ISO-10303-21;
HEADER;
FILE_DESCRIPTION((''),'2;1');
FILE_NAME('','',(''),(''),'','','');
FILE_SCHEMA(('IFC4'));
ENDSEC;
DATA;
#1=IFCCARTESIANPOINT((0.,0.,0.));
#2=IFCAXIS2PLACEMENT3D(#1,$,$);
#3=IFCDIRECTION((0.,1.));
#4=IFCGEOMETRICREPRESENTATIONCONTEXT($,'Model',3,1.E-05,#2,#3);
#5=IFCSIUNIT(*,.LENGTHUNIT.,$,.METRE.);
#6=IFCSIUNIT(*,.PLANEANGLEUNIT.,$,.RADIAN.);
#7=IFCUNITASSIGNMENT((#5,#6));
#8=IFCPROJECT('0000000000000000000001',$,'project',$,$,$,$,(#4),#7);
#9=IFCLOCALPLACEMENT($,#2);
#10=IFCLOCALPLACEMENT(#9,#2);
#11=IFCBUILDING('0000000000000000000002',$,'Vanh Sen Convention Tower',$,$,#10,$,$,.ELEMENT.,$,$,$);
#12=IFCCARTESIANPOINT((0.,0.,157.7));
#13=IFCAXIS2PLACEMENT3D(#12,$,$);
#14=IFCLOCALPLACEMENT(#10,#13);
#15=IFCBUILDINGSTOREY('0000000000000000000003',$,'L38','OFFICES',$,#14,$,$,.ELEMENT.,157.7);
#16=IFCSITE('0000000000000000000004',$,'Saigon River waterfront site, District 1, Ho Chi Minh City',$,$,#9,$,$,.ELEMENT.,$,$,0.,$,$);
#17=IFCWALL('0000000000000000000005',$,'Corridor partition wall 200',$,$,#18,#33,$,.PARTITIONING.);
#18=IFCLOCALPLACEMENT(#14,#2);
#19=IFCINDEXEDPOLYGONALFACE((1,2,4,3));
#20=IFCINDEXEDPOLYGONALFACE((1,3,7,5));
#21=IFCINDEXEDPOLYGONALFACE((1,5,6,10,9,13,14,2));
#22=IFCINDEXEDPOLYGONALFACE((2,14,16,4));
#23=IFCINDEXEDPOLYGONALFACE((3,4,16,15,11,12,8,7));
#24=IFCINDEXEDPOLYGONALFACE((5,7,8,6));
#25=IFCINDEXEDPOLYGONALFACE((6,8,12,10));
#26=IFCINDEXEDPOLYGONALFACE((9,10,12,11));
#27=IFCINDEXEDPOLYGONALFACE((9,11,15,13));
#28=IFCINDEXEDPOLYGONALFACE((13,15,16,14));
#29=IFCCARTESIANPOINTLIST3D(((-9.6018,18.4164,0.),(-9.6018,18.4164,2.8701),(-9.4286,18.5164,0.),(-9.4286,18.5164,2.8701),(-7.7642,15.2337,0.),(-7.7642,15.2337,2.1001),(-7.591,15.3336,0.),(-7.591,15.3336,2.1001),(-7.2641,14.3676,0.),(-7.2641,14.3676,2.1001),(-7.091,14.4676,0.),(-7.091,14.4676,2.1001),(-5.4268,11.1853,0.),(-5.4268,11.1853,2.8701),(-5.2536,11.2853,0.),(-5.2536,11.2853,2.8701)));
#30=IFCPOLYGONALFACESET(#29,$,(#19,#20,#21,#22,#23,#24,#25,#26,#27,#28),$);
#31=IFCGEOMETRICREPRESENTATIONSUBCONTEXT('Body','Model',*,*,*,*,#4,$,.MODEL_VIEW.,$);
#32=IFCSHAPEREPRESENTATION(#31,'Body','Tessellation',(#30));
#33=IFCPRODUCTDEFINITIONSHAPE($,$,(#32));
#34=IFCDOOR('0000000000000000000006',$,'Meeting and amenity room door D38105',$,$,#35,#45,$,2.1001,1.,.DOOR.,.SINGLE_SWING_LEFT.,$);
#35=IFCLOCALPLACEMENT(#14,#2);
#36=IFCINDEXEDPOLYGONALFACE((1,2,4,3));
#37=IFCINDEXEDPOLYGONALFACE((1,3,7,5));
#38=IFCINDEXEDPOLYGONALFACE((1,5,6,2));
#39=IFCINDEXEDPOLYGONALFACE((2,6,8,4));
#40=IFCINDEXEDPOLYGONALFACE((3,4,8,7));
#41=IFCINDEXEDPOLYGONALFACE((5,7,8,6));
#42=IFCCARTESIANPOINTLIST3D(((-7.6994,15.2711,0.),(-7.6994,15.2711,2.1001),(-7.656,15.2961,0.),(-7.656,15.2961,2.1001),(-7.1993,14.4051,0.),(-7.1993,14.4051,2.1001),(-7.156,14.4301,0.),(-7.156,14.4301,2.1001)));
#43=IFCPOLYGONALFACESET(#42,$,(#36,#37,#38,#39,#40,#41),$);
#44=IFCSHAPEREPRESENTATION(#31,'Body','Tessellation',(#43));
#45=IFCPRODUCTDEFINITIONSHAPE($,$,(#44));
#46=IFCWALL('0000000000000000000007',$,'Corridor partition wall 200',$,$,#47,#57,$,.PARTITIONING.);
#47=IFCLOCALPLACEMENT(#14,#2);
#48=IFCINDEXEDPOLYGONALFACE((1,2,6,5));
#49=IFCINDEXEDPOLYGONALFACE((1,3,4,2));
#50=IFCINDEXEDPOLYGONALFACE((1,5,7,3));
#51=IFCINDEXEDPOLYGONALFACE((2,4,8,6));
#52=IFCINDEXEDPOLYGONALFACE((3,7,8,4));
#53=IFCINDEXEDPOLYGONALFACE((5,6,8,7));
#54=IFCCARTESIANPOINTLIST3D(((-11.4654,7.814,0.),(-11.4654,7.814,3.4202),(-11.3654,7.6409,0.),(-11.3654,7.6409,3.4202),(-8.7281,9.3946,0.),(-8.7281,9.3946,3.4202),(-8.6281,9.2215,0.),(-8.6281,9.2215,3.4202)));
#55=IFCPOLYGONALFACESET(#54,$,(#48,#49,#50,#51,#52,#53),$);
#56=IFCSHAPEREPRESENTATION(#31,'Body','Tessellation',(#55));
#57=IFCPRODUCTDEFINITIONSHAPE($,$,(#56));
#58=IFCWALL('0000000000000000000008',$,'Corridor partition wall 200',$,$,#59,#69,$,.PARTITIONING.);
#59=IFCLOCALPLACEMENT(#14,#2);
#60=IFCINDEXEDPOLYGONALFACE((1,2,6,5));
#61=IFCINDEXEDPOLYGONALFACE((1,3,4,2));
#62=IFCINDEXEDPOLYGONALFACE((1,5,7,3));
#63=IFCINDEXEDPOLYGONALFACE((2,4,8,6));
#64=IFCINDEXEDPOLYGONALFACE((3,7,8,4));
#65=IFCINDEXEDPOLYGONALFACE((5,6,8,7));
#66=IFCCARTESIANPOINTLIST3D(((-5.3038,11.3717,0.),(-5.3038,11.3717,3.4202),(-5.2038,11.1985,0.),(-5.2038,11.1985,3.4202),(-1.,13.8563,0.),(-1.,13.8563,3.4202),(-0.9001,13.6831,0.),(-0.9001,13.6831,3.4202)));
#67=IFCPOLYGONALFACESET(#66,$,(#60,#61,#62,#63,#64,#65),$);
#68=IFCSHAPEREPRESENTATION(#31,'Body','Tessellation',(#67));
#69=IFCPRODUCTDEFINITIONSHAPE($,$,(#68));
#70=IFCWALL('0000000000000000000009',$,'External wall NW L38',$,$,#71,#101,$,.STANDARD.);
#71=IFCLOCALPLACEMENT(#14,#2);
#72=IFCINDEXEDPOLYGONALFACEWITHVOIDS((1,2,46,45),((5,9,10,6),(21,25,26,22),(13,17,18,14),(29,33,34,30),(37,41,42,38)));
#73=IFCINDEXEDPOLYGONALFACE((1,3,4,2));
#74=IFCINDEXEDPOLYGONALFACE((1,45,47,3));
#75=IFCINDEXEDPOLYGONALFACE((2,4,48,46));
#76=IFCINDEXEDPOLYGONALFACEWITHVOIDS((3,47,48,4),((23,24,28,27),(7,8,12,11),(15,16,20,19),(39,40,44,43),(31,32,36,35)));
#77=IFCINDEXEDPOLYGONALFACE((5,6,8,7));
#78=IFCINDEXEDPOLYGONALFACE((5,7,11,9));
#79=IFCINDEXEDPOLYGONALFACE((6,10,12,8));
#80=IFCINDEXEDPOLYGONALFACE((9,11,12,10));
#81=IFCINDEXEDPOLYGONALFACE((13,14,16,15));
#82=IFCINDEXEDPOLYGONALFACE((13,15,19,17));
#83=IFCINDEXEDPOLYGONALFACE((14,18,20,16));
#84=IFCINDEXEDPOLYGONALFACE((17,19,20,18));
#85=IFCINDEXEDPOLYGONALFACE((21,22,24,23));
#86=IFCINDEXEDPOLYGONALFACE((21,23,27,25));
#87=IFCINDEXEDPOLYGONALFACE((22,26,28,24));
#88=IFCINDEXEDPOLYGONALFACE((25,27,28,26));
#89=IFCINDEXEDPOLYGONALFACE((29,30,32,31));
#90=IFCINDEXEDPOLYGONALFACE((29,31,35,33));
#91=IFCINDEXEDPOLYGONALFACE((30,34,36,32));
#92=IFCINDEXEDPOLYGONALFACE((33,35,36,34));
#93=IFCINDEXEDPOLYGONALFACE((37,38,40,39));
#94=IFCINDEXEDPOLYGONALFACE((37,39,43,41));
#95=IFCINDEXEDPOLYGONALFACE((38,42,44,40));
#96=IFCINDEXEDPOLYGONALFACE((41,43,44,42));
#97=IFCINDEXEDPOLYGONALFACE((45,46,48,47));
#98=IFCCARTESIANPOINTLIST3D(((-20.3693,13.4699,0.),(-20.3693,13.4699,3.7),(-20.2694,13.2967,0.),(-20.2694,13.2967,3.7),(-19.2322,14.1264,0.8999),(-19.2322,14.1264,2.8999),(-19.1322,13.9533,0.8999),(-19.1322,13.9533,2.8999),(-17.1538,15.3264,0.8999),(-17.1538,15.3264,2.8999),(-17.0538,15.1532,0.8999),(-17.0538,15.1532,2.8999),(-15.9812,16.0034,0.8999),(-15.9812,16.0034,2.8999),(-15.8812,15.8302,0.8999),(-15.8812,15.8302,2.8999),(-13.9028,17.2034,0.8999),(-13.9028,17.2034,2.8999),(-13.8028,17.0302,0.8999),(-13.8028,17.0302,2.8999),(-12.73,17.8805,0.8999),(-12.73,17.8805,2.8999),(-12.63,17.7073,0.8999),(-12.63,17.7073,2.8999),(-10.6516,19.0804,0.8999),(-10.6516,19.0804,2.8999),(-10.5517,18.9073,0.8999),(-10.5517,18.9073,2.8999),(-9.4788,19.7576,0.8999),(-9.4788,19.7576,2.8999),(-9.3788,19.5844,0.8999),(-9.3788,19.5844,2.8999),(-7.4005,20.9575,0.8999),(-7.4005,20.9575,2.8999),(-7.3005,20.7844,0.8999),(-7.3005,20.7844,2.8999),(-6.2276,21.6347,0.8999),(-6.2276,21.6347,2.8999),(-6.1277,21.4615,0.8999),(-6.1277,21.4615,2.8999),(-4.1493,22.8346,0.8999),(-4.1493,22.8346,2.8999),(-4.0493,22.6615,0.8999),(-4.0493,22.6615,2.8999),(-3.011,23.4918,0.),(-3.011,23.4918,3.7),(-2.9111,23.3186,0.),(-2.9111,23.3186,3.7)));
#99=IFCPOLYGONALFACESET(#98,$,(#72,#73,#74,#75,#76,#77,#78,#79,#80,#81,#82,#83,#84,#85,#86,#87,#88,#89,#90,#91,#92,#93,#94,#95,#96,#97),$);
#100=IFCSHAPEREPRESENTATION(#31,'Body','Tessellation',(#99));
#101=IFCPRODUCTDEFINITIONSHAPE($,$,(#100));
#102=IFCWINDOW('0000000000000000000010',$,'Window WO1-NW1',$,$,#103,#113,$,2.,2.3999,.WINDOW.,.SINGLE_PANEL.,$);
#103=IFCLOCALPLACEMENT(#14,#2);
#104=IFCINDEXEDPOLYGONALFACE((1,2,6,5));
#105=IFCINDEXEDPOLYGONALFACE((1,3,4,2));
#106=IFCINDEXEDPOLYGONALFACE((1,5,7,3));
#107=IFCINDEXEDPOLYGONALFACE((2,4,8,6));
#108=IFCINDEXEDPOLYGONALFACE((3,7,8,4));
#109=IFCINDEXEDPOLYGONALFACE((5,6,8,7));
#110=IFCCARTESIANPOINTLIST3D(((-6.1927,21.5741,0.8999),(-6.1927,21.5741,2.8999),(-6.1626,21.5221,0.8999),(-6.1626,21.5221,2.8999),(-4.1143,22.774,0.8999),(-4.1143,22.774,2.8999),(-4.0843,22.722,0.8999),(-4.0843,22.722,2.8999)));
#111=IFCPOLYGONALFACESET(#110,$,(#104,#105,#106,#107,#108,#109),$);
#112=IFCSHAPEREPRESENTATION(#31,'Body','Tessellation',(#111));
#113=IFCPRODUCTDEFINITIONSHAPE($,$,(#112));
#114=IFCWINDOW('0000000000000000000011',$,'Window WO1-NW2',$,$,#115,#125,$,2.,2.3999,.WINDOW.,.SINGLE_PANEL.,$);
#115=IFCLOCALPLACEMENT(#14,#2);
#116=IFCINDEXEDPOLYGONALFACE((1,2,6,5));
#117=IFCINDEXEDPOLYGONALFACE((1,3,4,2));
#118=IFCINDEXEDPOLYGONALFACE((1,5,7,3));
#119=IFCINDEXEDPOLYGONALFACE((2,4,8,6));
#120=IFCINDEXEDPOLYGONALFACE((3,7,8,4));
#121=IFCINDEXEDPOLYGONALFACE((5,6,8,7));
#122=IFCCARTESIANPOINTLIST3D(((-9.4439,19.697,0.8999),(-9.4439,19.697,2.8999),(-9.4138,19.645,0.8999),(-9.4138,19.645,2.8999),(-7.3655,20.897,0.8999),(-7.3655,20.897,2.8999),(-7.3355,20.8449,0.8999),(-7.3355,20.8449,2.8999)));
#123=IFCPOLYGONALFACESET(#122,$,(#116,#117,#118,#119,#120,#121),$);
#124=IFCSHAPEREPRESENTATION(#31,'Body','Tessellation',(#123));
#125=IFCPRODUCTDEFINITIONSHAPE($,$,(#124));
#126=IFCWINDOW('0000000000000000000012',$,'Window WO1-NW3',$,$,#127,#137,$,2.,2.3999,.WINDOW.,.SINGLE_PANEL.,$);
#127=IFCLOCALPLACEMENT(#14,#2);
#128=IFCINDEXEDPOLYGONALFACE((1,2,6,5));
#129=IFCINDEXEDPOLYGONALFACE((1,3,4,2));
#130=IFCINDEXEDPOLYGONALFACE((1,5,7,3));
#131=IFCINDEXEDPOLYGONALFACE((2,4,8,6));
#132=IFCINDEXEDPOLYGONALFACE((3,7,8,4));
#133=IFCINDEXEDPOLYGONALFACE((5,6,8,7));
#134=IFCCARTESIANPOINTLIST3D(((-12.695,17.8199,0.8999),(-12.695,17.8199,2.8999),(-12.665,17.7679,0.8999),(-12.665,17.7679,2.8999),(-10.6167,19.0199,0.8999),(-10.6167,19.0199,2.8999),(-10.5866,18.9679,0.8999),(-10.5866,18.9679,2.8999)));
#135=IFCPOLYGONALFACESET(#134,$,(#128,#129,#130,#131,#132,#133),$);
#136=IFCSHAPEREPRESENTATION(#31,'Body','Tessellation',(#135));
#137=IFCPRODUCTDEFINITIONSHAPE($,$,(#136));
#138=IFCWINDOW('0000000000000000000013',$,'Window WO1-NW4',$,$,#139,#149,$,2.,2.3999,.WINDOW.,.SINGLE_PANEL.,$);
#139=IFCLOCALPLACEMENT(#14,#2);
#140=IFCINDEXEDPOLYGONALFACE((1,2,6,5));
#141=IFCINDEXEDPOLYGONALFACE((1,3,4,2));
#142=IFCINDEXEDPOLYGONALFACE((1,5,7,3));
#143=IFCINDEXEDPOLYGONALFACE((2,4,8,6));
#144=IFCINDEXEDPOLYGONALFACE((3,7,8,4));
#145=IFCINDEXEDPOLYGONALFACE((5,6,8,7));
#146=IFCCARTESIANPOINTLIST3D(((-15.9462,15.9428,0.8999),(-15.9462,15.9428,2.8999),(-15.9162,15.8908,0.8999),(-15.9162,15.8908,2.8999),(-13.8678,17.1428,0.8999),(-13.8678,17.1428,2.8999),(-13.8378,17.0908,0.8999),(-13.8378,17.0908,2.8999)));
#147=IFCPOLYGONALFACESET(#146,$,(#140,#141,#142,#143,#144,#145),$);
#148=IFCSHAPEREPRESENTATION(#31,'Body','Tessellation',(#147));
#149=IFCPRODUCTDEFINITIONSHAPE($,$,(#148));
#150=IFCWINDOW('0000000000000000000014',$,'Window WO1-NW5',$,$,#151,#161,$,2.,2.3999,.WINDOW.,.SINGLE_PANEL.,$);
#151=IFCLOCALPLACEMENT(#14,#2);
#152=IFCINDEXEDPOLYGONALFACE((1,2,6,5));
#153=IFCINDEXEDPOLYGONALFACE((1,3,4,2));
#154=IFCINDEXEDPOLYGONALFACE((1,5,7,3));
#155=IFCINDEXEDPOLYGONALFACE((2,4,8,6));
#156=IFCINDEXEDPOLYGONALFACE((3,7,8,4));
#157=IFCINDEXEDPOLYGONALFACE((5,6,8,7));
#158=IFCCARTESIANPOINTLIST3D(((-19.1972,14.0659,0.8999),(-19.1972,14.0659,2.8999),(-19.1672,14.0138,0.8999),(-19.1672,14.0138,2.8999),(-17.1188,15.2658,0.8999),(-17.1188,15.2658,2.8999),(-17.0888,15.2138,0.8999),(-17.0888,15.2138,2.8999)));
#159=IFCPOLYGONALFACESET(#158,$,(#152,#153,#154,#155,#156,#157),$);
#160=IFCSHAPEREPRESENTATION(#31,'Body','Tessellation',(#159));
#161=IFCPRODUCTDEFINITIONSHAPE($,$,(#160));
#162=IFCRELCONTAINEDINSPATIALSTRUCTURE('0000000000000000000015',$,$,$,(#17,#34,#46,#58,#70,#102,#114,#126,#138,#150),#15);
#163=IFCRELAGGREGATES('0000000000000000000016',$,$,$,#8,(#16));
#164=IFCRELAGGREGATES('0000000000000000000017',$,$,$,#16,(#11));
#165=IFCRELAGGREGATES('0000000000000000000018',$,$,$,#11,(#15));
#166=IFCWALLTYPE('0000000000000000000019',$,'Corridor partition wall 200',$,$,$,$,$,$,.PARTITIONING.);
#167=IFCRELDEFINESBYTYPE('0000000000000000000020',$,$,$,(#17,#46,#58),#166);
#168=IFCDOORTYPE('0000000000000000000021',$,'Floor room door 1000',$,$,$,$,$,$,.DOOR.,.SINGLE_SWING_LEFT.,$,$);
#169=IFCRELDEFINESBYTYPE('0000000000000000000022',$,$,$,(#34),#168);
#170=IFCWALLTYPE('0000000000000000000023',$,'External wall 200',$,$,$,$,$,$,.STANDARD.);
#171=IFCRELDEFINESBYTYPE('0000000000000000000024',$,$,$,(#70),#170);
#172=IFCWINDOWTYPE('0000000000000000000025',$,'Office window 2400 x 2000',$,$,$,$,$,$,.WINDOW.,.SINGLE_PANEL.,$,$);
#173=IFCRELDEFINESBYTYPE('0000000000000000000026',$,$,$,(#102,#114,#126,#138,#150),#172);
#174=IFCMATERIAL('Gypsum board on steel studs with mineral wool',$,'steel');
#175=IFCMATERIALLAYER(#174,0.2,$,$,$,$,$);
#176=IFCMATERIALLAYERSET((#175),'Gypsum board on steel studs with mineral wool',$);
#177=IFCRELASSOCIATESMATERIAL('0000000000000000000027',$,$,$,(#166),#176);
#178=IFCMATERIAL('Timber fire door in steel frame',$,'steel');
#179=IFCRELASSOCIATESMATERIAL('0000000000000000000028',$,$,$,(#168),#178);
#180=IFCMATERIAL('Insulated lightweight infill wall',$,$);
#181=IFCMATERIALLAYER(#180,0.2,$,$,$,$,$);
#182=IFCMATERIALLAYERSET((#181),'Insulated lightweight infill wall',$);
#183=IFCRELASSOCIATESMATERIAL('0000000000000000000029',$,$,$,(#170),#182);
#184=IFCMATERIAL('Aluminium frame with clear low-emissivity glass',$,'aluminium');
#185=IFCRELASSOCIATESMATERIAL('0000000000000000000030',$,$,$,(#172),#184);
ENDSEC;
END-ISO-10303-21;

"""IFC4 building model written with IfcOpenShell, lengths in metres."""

from ifc_helpers import new_model, si_unit, direction, frame, frame_2d, origin, place, context, subcontext, project, spatial, rectangle, extrude, material, layer, layer_set, type_object, element, fill, save


model = new_model("IFC4")

# Units and contexts
model_context = context("Model", 3, precision=1e-05, world=origin(), true_north=direction((0.0, 1.0)))
body_context = subcontext(model_context, "Body", "Model", "MODEL_VIEW")
ifc_project = project(units=[si_unit("LENGTHUNIT", "METRE"), si_unit("PLANEANGLEUNIT", "RADIAN")], contexts=[model_context])

# Site, building, storey
site_placement = place(None, origin())
site = spatial("IfcSite", under=ifc_project, at=site_placement, Name="Saigon River waterfront site, District 1, Ho Chi Minh City", CompositionType="ELEMENT", RefElevation=0.0)
building_placement = place(site_placement, origin())
building = spatial("IfcBuilding", under=site, at=building_placement, Name="Vanh Sen Convention Tower", CompositionType="ELEMENT")
storey_placement = place(building_placement, frame((0.0, 0.0, 157.7)))
storey = spatial("IfcBuildingStorey", under=building, at=storey_placement, Name="L38", Description="OFFICES", CompositionType="ELEMENT", Elevation=157.7)

# Wall, opening, door
ifc_material_1 = material(Name="Gypsum board on steel studs with mineral wool", Category="steel")
ifc_layer_1 = layer(ifc_material_1, 0.2)
ifc_layer_set_1 = layer_set([ifc_layer_1], Name="Gypsum board on steel studs with mineral wool")
wall_type_1 = type_object("IfcWallType", Name="Corridor partition wall 200", PredefinedType="PARTITIONING", material=ifc_layer_set_1)
wall_1_placement = place(storey_placement, frame((-9.5151, 18.4663, 0.0), z_axis=(0.0, 0.0, 1.0), x_axis=(0.50001, -0.86602, 0.0)))
wall_1 = element("IfcWall", 1, at=wall_1_placement, inside=storey, type_object=wall_type_1, Name="Corridor partition wall 200", PredefinedType="PARTITIONING", context=body_context, shape_type="SweptSolid", body=[
    extrude(rectangle(XDim=8.3499, YDim=0.2, at=frame_2d((4.1748, 0.0))), origin(), (0.0, 0.0, 1.0), 2.8701),
])
opening_1_placement = place(wall_1_placement, frame((3.675, 0.0, 0.0)))
opening_1 = element("IfcOpeningElement", 2, at=opening_1_placement, cuts=wall_1, PredefinedType="OPENING", context=body_context, shape_type="SweptSolid", body=[
    extrude(rectangle(XDim=1.0, YDim=2.1001, at=frame_2d((0.5, 1.05))), frame((0.0, 0.1099, 0.0), z_axis=(0.0, -1.0, 0.0), x_axis=(1.0, 0.0, 0.0)), (0.0, 0.0, 1.0), 0.22),
])
ifc_material_2 = material(Name="Timber fire door in steel frame", Category="steel")
door_type = type_object("IfcDoorType", Name="Floor room door 1000", OperationType="SINGLE_SWING_LEFT", PredefinedType="DOOR", material=ifc_material_2)
door_placement = place(opening_1_placement, origin())
door = element("IfcDoor", 3, at=door_placement, inside=storey, type_object=door_type, Name="Meeting and amenity room door D38105", OperationType="SINGLE_SWING_LEFT", OverallHeight=2.1001, OverallWidth=1.0, PredefinedType="DOOR", context=body_context, shape_type="SweptSolid", body=[
    extrude(rectangle(XDim=1.0, YDim=2.1001, at=frame_2d((0.5, 1.05))), frame((0.0, 0.0249, 0.0), z_axis=(0.0, -1.0, 0.0), x_axis=(1.0, 0.0, 0.0)), (0.0, 0.0, 1.0), 0.05),
])
fill(opening_1, door)

# Walls
wall_2_placement = place(storey_placement, frame((-8.678, 9.3081, 0.0), z_axis=(0.0, 0.0, 1.0), x_axis=(-0.866, -0.500043, 0.0)))
element("IfcWall", 4, at=wall_2_placement, inside=storey, type_object=wall_type_1, Name="Corridor partition wall 200", PredefinedType="PARTITIONING", context=body_context, shape_type="SweptSolid", body=[
    extrude(rectangle(XDim=3.1609, YDim=0.2, at=frame_2d((1.5806, 0.0))), origin(), (0.0, 0.0, 1.0), 3.4202),
])
wall_3_placement = place(storey_placement, frame((-0.95, 13.7698, 0.0), z_axis=(0.0, 0.0, 1.0), x_axis=(-0.866037, -0.49998, 0.0)))
element("IfcWall", 5, at=wall_3_placement, inside=storey, type_object=wall_type_1, Name="Corridor partition wall 200", PredefinedType="PARTITIONING", context=body_context, shape_type="SweptSolid", body=[
    extrude(rectangle(XDim=4.9695, YDim=0.2, at=frame_2d((2.4849, 0.0))), origin(), (0.0, 0.0, 1.0), 3.4202),
])

# Wall, openings, windows
ifc_material_3 = material(Name="Insulated lightweight infill wall")
ifc_layer_2 = layer(ifc_material_3, 0.2)
ifc_layer_set_2 = layer_set([ifc_layer_2], Name="Insulated lightweight infill wall")
wall_type_2 = type_object("IfcWallType", Name="External wall 200", PredefinedType="STANDARD", material=ifc_layer_set_2)
wall_4_placement = place(storey_placement, frame((-2.9609, 23.4053, 0.0), z_axis=(0.0, 0.0, 1.0), x_axis=(-0.866023, -0.500004, 0.0)))
wall_4 = element("IfcWall", 6, at=wall_4_placement, inside=storey, type_object=wall_type_2, Name="External wall NW L38", PredefinedType="STANDARD", context=body_context, shape_type="SweptSolid", body=[
    extrude(rectangle(XDim=20.0437, YDim=0.2, at=frame_2d((10.022, 0.0))), origin(), (0.0, 0.0, 1.0), 3.7),
])
opening_2_placement = place(wall_4_placement, frame((1.3145, 0.0, 0.8999)))
opening_2 = element("IfcOpeningElement", 7, at=opening_2_placement, cuts=wall_4, PredefinedType="OPENING", context=body_context, shape_type="SweptSolid", body=[
    extrude(rectangle(XDim=2.3999, YDim=2.0, at=frame_2d((1.2, 1.0))), frame((0.0, 0.1099, 0.0), z_axis=(0.0, -1.0, 0.0), x_axis=(1.0, 0.0, 0.0)), (0.0, 0.0, 1.0), 0.22),
])
opening_3_placement = place(wall_4_placement, frame((5.0686, 0.0, 0.8999)))
opening_3 = element("IfcOpeningElement", 8, at=opening_3_placement, cuts=wall_4, PredefinedType="OPENING", context=body_context, shape_type="SweptSolid", body=[
    extrude(rectangle(XDim=2.3999, YDim=2.0, at=frame_2d((1.2, 1.0))), frame((0.0, 0.1099, 0.0), z_axis=(0.0, -1.0, 0.0), x_axis=(1.0, 0.0, 0.0)), (0.0, 0.0, 1.0), 0.22),
])
opening_4_placement = place(wall_4_placement, frame((8.8228, 0.0, 0.8999)))
opening_4 = element("IfcOpeningElement", 9, at=opening_4_placement, cuts=wall_4, PredefinedType="OPENING", context=body_context, shape_type="SweptSolid", body=[
    extrude(rectangle(XDim=2.3999, YDim=2.0, at=frame_2d((1.2, 1.0))), frame((0.0, 0.1099, 0.0), z_axis=(0.0, -1.0, 0.0), x_axis=(1.0, 0.0, 0.0)), (0.0, 0.0, 1.0), 0.22),
])
opening_5_placement = place(wall_4_placement, frame((12.5769, 0.0, 0.8999)))
opening_5 = element("IfcOpeningElement", 10, at=opening_5_placement, cuts=wall_4, PredefinedType="OPENING", context=body_context, shape_type="SweptSolid", body=[
    extrude(rectangle(XDim=2.3999, YDim=2.0, at=frame_2d((1.2, 1.0))), frame((0.0, 0.1099, 0.0), z_axis=(0.0, -1.0, 0.0), x_axis=(1.0, 0.0, 0.0)), (0.0, 0.0, 1.0), 0.22),
])
opening_6_placement = place(wall_4_placement, frame((16.3308, 0.0, 0.8999)))
opening_6 = element("IfcOpeningElement", 11, at=opening_6_placement, cuts=wall_4, PredefinedType="OPENING", context=body_context, shape_type="SweptSolid", body=[
    extrude(rectangle(XDim=2.3999, YDim=2.0, at=frame_2d((1.2, 1.0))), frame((0.0, 0.1099, 0.0), z_axis=(0.0, -1.0, 0.0), x_axis=(1.0, 0.0, 0.0)), (0.0, 0.0, 1.0), 0.22),
])
ifc_material_4 = material(Name="Aluminium frame with clear low-emissivity glass", Category="aluminium")
window_type = type_object("IfcWindowType", Name="Office window 2400 x 2000", PartitioningType="SINGLE_PANEL", PredefinedType="WINDOW", material=ifc_material_4)
window_1_placement = place(opening_2_placement, origin())
window_1 = element("IfcWindow", 12, at=window_1_placement, inside=storey, type_object=window_type, Name="Window WO1-NW1", OverallHeight=2.0, OverallWidth=2.3999, PartitioningType="SINGLE_PANEL", PredefinedType="WINDOW", context=body_context, shape_type="SweptSolid", body=[
    extrude(rectangle(XDim=2.3999, YDim=2.0, at=frame_2d((1.2, 1.0))), frame((0.0, 0.03, 0.0), z_axis=(0.0, -1.0, 0.0), x_axis=(1.0, 0.0, 0.0)), (0.0, 0.0, 1.0), 0.0601),
])
fill(opening_2, window_1)
window_2_placement = place(opening_3_placement, origin())
window_2 = element("IfcWindow", 13, at=window_2_placement, inside=storey, type_object=window_type, Name="Window WO1-NW2", OverallHeight=2.0, OverallWidth=2.3999, PartitioningType="SINGLE_PANEL", PredefinedType="WINDOW", context=body_context, shape_type="SweptSolid", body=[
    extrude(rectangle(XDim=2.3999, YDim=2.0, at=frame_2d((1.2, 1.0))), frame((0.0, 0.03, 0.0), z_axis=(0.0, -1.0, 0.0), x_axis=(1.0, 0.0, 0.0)), (0.0, 0.0, 1.0), 0.0601),
])
fill(opening_3, window_2)
window_3_placement = place(opening_4_placement, origin())
window_3 = element("IfcWindow", 14, at=window_3_placement, inside=storey, type_object=window_type, Name="Window WO1-NW3", OverallHeight=2.0, OverallWidth=2.3999, PartitioningType="SINGLE_PANEL", PredefinedType="WINDOW", context=body_context, shape_type="SweptSolid", body=[
    extrude(rectangle(XDim=2.3999, YDim=2.0, at=frame_2d((1.2, 1.0))), frame((0.0, 0.03, 0.0), z_axis=(0.0, -1.0, 0.0), x_axis=(1.0, 0.0, 0.0)), (0.0, 0.0, 1.0), 0.0601),
])
fill(opening_4, window_3)
window_4_placement = place(opening_5_placement, origin())
window_4 = element("IfcWindow", 15, at=window_4_placement, inside=storey, type_object=window_type, Name="Window WO1-NW4", OverallHeight=2.0, OverallWidth=2.3999, PartitioningType="SINGLE_PANEL", PredefinedType="WINDOW", context=body_context, shape_type="SweptSolid", body=[
    extrude(rectangle(XDim=2.3999, YDim=2.0, at=frame_2d((1.2, 1.0))), frame((0.0, 0.03, 0.0), z_axis=(0.0, -1.0, 0.0), x_axis=(1.0, 0.0, 0.0)), (0.0, 0.0, 1.0), 0.0601),
])
fill(opening_5, window_4)
window_5_placement = place(opening_6_placement, origin())
window_5 = element("IfcWindow", 16, at=window_5_placement, inside=storey, type_object=window_type, Name="Window WO1-NW5", OverallHeight=2.0, OverallWidth=2.3999, PartitioningType="SINGLE_PANEL", PredefinedType="WINDOW", context=body_context, shape_type="SweptSolid", body=[
    extrude(rectangle(XDim=2.3999, YDim=2.0, at=frame_2d((1.2, 1.0))), frame((0.0, 0.03, 0.0), z_axis=(0.0, -1.0, 0.0), x_axis=(1.0, 0.0, 0.0)), (0.0, 0.0, 1.0), 0.0601),
])
fill(opening_6, window_5)

save(model, "model.ifc")
